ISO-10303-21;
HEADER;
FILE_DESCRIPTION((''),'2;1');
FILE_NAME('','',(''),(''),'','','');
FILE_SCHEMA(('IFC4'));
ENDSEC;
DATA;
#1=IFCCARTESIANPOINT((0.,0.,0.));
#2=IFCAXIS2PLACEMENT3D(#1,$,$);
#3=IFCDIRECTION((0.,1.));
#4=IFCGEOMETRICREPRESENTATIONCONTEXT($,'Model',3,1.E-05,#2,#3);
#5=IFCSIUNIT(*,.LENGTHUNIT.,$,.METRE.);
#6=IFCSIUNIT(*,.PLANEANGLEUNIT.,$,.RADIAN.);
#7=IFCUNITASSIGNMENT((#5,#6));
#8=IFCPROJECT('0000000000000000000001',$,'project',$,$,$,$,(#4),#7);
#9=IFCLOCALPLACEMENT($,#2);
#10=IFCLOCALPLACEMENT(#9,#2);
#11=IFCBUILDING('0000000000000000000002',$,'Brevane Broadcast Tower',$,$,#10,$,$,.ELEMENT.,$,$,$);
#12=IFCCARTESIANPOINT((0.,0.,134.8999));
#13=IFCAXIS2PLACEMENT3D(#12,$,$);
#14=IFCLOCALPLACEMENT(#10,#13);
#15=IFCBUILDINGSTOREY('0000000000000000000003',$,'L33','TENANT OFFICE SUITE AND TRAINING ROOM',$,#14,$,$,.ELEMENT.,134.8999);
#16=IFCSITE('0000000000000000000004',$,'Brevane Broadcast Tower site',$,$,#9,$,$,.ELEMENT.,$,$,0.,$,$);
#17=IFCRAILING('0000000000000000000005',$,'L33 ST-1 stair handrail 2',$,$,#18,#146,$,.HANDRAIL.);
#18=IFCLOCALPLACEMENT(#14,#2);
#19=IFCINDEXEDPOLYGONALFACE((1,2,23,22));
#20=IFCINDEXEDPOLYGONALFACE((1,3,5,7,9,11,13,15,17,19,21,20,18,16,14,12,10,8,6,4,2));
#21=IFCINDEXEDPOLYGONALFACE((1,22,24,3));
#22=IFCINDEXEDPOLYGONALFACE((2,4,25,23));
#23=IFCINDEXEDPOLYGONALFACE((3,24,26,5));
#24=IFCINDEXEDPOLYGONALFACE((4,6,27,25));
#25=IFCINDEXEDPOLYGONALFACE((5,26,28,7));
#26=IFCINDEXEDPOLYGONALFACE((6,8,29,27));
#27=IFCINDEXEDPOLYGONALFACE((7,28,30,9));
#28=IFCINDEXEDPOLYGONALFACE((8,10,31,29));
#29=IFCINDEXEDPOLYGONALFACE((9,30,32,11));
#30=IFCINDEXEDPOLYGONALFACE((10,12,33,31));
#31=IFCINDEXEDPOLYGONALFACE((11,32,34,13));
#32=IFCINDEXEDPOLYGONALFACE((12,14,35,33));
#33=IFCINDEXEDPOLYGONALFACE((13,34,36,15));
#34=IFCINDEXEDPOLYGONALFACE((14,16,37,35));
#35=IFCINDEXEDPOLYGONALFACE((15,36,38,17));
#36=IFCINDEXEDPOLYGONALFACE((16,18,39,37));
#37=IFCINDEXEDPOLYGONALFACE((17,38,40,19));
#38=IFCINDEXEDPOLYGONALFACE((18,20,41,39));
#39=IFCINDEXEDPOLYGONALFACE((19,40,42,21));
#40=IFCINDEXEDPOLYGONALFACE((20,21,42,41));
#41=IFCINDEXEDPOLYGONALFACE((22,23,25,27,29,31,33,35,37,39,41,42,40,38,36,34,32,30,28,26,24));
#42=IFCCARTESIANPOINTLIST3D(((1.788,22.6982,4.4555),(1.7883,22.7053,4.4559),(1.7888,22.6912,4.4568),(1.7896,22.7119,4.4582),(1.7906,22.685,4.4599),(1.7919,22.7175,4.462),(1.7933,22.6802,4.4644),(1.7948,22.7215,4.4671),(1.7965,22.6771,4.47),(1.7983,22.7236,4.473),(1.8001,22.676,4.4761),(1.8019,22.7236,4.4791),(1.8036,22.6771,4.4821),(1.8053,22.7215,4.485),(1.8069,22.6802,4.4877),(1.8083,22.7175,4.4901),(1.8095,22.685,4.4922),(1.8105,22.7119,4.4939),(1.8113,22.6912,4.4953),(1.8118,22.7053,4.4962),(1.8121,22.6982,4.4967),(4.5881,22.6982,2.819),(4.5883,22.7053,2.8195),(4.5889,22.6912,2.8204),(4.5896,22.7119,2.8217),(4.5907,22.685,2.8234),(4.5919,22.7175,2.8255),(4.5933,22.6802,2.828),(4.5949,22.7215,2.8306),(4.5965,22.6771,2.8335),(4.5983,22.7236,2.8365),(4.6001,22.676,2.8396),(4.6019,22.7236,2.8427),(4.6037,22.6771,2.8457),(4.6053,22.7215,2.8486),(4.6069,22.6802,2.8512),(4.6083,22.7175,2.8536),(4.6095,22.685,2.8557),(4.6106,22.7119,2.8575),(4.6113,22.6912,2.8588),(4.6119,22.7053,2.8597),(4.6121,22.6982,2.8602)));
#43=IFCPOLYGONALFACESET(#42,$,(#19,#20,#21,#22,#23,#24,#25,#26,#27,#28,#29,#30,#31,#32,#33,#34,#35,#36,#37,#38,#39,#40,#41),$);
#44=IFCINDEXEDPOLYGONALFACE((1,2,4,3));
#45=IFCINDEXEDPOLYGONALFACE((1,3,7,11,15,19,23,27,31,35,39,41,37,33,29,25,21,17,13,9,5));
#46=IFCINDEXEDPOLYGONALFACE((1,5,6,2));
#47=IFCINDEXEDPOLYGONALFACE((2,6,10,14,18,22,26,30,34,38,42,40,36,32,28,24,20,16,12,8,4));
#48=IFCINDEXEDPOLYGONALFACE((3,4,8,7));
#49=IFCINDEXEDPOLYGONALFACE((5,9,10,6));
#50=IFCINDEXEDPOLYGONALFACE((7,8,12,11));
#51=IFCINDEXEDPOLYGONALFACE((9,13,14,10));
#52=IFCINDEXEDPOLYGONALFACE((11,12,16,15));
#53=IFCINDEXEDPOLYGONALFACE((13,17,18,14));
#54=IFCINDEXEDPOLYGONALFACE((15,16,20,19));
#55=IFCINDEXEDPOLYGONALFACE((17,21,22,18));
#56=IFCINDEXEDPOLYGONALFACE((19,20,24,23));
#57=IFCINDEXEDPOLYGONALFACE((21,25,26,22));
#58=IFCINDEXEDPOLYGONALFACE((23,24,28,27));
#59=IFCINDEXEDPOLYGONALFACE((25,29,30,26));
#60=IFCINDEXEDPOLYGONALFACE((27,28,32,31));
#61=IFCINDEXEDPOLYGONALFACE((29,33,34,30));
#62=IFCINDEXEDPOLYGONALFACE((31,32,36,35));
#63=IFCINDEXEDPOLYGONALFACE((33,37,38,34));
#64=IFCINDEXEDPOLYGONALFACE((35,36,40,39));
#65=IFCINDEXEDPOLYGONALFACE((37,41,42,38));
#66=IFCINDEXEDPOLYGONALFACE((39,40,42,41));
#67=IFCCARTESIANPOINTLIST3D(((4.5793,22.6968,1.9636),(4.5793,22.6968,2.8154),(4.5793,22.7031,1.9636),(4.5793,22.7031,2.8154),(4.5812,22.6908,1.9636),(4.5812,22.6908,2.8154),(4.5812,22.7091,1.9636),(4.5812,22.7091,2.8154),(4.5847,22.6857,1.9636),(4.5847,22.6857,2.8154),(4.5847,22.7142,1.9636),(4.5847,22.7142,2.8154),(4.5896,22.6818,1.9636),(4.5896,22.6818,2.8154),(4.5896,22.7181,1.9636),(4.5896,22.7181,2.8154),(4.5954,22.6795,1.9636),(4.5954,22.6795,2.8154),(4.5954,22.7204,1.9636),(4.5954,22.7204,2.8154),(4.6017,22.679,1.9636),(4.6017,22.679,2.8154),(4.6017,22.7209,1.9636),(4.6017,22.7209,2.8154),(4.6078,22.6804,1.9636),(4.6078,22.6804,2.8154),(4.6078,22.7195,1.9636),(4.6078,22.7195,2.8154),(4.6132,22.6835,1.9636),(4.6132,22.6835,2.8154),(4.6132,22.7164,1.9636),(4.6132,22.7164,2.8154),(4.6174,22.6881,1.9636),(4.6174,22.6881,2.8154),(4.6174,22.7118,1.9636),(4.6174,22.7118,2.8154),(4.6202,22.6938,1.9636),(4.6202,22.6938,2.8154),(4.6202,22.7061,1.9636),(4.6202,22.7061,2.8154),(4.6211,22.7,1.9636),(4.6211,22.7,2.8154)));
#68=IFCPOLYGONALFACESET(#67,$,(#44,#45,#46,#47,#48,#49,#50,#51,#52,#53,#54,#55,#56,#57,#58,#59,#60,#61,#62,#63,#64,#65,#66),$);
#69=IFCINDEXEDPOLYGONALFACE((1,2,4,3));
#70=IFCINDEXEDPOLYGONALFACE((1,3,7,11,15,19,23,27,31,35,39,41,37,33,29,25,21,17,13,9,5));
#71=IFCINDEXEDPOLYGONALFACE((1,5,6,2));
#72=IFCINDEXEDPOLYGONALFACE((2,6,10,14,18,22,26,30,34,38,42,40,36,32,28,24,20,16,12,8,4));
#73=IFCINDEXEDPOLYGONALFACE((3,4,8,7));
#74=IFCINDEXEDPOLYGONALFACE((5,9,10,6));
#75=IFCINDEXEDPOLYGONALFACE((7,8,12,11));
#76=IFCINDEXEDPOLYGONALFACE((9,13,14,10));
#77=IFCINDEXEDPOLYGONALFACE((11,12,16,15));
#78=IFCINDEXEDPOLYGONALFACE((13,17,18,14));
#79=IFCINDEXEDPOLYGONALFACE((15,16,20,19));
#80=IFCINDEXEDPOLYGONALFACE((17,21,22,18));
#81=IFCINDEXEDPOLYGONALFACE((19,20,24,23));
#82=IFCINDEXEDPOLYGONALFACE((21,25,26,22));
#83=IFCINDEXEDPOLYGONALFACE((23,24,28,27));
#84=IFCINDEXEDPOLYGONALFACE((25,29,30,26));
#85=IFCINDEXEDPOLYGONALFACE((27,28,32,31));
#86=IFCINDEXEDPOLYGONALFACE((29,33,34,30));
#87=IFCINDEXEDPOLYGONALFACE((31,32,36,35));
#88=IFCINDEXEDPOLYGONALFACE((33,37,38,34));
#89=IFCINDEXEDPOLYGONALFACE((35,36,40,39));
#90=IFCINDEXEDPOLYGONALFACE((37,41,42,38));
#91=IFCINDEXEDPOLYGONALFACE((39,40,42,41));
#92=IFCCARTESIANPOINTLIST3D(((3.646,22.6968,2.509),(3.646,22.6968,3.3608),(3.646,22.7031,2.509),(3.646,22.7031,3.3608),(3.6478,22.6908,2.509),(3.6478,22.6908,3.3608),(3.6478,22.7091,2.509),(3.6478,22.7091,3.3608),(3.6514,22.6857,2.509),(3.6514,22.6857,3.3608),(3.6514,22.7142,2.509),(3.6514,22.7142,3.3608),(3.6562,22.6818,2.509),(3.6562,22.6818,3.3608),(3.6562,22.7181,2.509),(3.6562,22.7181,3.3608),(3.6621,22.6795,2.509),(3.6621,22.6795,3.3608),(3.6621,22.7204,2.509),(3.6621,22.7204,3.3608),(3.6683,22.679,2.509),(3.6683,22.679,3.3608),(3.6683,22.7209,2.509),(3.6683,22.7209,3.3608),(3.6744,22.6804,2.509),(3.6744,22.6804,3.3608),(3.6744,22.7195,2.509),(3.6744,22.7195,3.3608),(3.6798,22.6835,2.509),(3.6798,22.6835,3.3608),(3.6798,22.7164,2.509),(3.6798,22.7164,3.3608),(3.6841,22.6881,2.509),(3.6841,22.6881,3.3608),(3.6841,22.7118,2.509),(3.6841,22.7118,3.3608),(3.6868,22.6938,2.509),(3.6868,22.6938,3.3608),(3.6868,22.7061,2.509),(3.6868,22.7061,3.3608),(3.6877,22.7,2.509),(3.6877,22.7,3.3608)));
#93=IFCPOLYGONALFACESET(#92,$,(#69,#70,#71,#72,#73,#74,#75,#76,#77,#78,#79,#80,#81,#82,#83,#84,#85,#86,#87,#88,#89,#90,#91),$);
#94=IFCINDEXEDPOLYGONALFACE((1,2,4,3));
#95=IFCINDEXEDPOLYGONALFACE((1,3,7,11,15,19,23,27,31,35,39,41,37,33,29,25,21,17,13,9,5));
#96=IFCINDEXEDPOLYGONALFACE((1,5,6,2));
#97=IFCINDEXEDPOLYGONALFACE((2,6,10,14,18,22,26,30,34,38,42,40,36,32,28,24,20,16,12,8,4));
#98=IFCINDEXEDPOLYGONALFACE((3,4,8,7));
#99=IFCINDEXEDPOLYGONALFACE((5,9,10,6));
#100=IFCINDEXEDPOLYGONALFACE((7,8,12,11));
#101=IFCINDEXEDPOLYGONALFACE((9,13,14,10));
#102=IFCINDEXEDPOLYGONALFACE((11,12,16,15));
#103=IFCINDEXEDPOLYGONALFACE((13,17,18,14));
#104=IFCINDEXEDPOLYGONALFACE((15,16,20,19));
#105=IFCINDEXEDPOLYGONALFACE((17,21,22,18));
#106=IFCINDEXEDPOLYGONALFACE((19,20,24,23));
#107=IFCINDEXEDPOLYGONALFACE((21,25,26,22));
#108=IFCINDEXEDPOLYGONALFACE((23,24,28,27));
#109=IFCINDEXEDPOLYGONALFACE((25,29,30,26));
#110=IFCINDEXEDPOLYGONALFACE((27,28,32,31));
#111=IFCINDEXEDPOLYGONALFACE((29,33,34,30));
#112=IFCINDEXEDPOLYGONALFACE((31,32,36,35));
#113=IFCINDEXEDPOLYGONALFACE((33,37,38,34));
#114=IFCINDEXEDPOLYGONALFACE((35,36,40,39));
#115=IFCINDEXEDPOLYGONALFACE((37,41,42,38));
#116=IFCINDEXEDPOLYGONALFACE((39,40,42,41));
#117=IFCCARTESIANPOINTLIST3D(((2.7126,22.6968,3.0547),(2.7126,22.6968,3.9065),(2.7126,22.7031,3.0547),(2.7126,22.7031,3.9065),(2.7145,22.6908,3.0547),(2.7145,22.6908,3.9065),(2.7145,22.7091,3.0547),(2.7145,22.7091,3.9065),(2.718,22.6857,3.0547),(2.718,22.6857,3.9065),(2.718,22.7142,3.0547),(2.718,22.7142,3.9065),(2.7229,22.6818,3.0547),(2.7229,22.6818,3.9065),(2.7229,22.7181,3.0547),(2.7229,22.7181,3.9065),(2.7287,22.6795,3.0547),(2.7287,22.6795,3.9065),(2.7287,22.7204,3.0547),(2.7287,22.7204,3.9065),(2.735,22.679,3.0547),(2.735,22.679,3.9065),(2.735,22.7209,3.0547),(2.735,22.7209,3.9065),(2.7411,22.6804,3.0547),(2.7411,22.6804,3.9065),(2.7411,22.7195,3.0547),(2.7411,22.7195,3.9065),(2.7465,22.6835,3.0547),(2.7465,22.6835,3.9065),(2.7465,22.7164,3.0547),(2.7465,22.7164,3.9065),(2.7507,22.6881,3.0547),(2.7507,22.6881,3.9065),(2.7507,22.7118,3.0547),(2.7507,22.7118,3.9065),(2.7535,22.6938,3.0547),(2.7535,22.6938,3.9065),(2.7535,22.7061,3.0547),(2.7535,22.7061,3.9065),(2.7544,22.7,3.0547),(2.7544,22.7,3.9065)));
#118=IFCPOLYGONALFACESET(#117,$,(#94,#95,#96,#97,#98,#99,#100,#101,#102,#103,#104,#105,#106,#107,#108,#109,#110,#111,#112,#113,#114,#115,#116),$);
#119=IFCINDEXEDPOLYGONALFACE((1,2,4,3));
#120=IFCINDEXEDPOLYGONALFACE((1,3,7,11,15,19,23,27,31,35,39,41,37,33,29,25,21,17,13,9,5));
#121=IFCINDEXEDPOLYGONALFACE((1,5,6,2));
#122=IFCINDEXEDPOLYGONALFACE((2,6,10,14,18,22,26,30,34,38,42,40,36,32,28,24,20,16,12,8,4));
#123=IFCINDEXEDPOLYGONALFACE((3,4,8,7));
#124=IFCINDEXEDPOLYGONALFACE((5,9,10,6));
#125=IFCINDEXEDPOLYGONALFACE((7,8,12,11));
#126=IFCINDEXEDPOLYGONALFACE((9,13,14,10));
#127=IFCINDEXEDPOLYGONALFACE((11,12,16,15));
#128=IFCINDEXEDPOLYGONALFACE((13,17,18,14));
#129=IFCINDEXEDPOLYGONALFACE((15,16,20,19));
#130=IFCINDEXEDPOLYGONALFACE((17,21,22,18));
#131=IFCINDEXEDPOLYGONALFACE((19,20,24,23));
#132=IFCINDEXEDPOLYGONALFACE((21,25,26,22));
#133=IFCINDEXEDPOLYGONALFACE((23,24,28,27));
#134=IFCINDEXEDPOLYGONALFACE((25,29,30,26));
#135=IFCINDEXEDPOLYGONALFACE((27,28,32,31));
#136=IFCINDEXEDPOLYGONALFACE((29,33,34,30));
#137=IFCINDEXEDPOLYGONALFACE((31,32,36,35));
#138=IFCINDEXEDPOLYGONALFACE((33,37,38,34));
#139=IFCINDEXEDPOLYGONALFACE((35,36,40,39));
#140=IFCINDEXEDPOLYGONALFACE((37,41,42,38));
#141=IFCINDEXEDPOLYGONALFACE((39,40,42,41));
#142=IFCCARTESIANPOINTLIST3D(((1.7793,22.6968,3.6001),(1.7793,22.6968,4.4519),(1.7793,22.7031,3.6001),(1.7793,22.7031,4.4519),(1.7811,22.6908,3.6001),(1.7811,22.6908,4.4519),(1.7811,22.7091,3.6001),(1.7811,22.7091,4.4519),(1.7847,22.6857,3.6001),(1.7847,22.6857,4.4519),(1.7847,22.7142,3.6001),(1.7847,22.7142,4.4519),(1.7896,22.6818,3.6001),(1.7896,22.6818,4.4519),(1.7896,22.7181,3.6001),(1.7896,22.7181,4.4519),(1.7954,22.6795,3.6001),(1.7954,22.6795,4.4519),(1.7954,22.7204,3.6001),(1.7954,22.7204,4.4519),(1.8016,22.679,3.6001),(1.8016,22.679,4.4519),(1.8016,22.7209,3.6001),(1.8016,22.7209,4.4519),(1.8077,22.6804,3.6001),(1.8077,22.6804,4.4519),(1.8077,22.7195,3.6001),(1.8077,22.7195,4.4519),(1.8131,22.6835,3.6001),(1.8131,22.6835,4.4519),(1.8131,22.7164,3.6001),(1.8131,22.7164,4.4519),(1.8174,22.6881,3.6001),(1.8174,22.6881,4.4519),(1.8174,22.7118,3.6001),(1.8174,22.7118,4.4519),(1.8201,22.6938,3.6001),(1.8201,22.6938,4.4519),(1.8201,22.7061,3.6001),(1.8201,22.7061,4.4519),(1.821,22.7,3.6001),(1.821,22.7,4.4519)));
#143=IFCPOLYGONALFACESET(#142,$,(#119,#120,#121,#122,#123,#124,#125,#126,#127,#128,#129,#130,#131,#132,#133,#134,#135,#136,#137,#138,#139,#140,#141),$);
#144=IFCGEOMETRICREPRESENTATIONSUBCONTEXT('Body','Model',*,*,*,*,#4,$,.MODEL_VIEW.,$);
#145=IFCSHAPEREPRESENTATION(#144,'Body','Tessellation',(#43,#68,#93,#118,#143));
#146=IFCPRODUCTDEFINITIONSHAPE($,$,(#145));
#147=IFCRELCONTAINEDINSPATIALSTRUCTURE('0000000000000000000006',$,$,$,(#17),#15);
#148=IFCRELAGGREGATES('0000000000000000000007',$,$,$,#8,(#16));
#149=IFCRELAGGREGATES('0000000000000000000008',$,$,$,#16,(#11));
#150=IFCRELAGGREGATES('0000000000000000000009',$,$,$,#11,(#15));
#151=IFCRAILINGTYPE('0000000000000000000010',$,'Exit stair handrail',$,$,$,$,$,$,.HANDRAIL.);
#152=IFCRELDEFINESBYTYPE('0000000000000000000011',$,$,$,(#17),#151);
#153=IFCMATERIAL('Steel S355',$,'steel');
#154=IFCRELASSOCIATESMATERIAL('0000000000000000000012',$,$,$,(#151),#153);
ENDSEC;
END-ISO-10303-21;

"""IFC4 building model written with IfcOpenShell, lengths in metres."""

from ifc_helpers import new_model, si_unit, direction, frame, origin, origin_2d, place, context, subcontext, project, spatial, circle, extrude, material, type_object, element, save


model = new_model("IFC4")

# Units and contexts
model_context = context("Model", 3, precision=1e-05, world=origin(), true_north=direction((0.0, 1.0)))
body_context = subcontext(model_context, "Body", "Model", "MODEL_VIEW")
ifc_project = project(units=[si_unit("LENGTHUNIT", "METRE"), si_unit("PLANEANGLEUNIT", "RADIAN")], contexts=[model_context])

# Site, building, storey
site_placement = place(None, origin())
site = spatial("IfcSite", under=ifc_project, at=site_placement, Name="Brevane Broadcast Tower site", CompositionType="ELEMENT", RefElevation=0.0)
building_placement = place(site_placement, origin())
building = spatial("IfcBuilding", under=site, at=building_placement, Name="Brevane Broadcast Tower", CompositionType="ELEMENT")
storey_placement = place(building_placement, frame((0.0, 0.0, 134.8999)))
storey = spatial("IfcBuildingStorey", under=building, at=storey_placement, Name="L33", Description="TENANT OFFICE SUITE AND TRAINING ROOM", CompositionType="ELEMENT", Elevation=134.8999)

# Railing
ifc_material_1 = material(Name="Steel S355", Category="steel")
railing_type_1 = type_object("IfcRailingType", Name="Exit stair handrail", PredefinedType="HANDRAIL", material=ifc_material_1)
railing_1_placement = place(storey_placement, frame((4.6001, 22.7, 1.9636)))
element("IfcRailing", 1, at=railing_1_placement, inside=storey, type_object=railing_type_1, Name="L33 ST-1 stair handrail 2", PredefinedType="HANDRAIL", context=body_context, shape_type="SweptSolid", body=[
    extrude(circle(Radius=0.0239, at=origin_2d()), frame((0.0, 0.0, 0.876), z_axis=(-0.863361, 0.0, 0.504587), x_axis=(0.0, -1.0, 0.0)), (0.0, 0.0, 1.0), 3.2432),
    extrude(circle(Radius=0.021, at=origin_2d()), origin(), (0.0, 0.0, 1.0), 0.8518),
    extrude(circle(Radius=0.021, at=origin_2d()), frame((-0.9333, 0.0, 0.5454)), (0.0, 0.0, 1.0), 0.8518),
    extrude(circle(Radius=0.021, at=origin_2d()), frame((-1.8667, 0.0, 1.0911)), (0.0, 0.0, 1.0), 0.8518),
    extrude(circle(Radius=0.021, at=origin_2d()), frame((-2.8, 0.0, 1.6365)), (0.0, 0.0, 1.0), 0.8518),
])

save(model, "model.ifc")
